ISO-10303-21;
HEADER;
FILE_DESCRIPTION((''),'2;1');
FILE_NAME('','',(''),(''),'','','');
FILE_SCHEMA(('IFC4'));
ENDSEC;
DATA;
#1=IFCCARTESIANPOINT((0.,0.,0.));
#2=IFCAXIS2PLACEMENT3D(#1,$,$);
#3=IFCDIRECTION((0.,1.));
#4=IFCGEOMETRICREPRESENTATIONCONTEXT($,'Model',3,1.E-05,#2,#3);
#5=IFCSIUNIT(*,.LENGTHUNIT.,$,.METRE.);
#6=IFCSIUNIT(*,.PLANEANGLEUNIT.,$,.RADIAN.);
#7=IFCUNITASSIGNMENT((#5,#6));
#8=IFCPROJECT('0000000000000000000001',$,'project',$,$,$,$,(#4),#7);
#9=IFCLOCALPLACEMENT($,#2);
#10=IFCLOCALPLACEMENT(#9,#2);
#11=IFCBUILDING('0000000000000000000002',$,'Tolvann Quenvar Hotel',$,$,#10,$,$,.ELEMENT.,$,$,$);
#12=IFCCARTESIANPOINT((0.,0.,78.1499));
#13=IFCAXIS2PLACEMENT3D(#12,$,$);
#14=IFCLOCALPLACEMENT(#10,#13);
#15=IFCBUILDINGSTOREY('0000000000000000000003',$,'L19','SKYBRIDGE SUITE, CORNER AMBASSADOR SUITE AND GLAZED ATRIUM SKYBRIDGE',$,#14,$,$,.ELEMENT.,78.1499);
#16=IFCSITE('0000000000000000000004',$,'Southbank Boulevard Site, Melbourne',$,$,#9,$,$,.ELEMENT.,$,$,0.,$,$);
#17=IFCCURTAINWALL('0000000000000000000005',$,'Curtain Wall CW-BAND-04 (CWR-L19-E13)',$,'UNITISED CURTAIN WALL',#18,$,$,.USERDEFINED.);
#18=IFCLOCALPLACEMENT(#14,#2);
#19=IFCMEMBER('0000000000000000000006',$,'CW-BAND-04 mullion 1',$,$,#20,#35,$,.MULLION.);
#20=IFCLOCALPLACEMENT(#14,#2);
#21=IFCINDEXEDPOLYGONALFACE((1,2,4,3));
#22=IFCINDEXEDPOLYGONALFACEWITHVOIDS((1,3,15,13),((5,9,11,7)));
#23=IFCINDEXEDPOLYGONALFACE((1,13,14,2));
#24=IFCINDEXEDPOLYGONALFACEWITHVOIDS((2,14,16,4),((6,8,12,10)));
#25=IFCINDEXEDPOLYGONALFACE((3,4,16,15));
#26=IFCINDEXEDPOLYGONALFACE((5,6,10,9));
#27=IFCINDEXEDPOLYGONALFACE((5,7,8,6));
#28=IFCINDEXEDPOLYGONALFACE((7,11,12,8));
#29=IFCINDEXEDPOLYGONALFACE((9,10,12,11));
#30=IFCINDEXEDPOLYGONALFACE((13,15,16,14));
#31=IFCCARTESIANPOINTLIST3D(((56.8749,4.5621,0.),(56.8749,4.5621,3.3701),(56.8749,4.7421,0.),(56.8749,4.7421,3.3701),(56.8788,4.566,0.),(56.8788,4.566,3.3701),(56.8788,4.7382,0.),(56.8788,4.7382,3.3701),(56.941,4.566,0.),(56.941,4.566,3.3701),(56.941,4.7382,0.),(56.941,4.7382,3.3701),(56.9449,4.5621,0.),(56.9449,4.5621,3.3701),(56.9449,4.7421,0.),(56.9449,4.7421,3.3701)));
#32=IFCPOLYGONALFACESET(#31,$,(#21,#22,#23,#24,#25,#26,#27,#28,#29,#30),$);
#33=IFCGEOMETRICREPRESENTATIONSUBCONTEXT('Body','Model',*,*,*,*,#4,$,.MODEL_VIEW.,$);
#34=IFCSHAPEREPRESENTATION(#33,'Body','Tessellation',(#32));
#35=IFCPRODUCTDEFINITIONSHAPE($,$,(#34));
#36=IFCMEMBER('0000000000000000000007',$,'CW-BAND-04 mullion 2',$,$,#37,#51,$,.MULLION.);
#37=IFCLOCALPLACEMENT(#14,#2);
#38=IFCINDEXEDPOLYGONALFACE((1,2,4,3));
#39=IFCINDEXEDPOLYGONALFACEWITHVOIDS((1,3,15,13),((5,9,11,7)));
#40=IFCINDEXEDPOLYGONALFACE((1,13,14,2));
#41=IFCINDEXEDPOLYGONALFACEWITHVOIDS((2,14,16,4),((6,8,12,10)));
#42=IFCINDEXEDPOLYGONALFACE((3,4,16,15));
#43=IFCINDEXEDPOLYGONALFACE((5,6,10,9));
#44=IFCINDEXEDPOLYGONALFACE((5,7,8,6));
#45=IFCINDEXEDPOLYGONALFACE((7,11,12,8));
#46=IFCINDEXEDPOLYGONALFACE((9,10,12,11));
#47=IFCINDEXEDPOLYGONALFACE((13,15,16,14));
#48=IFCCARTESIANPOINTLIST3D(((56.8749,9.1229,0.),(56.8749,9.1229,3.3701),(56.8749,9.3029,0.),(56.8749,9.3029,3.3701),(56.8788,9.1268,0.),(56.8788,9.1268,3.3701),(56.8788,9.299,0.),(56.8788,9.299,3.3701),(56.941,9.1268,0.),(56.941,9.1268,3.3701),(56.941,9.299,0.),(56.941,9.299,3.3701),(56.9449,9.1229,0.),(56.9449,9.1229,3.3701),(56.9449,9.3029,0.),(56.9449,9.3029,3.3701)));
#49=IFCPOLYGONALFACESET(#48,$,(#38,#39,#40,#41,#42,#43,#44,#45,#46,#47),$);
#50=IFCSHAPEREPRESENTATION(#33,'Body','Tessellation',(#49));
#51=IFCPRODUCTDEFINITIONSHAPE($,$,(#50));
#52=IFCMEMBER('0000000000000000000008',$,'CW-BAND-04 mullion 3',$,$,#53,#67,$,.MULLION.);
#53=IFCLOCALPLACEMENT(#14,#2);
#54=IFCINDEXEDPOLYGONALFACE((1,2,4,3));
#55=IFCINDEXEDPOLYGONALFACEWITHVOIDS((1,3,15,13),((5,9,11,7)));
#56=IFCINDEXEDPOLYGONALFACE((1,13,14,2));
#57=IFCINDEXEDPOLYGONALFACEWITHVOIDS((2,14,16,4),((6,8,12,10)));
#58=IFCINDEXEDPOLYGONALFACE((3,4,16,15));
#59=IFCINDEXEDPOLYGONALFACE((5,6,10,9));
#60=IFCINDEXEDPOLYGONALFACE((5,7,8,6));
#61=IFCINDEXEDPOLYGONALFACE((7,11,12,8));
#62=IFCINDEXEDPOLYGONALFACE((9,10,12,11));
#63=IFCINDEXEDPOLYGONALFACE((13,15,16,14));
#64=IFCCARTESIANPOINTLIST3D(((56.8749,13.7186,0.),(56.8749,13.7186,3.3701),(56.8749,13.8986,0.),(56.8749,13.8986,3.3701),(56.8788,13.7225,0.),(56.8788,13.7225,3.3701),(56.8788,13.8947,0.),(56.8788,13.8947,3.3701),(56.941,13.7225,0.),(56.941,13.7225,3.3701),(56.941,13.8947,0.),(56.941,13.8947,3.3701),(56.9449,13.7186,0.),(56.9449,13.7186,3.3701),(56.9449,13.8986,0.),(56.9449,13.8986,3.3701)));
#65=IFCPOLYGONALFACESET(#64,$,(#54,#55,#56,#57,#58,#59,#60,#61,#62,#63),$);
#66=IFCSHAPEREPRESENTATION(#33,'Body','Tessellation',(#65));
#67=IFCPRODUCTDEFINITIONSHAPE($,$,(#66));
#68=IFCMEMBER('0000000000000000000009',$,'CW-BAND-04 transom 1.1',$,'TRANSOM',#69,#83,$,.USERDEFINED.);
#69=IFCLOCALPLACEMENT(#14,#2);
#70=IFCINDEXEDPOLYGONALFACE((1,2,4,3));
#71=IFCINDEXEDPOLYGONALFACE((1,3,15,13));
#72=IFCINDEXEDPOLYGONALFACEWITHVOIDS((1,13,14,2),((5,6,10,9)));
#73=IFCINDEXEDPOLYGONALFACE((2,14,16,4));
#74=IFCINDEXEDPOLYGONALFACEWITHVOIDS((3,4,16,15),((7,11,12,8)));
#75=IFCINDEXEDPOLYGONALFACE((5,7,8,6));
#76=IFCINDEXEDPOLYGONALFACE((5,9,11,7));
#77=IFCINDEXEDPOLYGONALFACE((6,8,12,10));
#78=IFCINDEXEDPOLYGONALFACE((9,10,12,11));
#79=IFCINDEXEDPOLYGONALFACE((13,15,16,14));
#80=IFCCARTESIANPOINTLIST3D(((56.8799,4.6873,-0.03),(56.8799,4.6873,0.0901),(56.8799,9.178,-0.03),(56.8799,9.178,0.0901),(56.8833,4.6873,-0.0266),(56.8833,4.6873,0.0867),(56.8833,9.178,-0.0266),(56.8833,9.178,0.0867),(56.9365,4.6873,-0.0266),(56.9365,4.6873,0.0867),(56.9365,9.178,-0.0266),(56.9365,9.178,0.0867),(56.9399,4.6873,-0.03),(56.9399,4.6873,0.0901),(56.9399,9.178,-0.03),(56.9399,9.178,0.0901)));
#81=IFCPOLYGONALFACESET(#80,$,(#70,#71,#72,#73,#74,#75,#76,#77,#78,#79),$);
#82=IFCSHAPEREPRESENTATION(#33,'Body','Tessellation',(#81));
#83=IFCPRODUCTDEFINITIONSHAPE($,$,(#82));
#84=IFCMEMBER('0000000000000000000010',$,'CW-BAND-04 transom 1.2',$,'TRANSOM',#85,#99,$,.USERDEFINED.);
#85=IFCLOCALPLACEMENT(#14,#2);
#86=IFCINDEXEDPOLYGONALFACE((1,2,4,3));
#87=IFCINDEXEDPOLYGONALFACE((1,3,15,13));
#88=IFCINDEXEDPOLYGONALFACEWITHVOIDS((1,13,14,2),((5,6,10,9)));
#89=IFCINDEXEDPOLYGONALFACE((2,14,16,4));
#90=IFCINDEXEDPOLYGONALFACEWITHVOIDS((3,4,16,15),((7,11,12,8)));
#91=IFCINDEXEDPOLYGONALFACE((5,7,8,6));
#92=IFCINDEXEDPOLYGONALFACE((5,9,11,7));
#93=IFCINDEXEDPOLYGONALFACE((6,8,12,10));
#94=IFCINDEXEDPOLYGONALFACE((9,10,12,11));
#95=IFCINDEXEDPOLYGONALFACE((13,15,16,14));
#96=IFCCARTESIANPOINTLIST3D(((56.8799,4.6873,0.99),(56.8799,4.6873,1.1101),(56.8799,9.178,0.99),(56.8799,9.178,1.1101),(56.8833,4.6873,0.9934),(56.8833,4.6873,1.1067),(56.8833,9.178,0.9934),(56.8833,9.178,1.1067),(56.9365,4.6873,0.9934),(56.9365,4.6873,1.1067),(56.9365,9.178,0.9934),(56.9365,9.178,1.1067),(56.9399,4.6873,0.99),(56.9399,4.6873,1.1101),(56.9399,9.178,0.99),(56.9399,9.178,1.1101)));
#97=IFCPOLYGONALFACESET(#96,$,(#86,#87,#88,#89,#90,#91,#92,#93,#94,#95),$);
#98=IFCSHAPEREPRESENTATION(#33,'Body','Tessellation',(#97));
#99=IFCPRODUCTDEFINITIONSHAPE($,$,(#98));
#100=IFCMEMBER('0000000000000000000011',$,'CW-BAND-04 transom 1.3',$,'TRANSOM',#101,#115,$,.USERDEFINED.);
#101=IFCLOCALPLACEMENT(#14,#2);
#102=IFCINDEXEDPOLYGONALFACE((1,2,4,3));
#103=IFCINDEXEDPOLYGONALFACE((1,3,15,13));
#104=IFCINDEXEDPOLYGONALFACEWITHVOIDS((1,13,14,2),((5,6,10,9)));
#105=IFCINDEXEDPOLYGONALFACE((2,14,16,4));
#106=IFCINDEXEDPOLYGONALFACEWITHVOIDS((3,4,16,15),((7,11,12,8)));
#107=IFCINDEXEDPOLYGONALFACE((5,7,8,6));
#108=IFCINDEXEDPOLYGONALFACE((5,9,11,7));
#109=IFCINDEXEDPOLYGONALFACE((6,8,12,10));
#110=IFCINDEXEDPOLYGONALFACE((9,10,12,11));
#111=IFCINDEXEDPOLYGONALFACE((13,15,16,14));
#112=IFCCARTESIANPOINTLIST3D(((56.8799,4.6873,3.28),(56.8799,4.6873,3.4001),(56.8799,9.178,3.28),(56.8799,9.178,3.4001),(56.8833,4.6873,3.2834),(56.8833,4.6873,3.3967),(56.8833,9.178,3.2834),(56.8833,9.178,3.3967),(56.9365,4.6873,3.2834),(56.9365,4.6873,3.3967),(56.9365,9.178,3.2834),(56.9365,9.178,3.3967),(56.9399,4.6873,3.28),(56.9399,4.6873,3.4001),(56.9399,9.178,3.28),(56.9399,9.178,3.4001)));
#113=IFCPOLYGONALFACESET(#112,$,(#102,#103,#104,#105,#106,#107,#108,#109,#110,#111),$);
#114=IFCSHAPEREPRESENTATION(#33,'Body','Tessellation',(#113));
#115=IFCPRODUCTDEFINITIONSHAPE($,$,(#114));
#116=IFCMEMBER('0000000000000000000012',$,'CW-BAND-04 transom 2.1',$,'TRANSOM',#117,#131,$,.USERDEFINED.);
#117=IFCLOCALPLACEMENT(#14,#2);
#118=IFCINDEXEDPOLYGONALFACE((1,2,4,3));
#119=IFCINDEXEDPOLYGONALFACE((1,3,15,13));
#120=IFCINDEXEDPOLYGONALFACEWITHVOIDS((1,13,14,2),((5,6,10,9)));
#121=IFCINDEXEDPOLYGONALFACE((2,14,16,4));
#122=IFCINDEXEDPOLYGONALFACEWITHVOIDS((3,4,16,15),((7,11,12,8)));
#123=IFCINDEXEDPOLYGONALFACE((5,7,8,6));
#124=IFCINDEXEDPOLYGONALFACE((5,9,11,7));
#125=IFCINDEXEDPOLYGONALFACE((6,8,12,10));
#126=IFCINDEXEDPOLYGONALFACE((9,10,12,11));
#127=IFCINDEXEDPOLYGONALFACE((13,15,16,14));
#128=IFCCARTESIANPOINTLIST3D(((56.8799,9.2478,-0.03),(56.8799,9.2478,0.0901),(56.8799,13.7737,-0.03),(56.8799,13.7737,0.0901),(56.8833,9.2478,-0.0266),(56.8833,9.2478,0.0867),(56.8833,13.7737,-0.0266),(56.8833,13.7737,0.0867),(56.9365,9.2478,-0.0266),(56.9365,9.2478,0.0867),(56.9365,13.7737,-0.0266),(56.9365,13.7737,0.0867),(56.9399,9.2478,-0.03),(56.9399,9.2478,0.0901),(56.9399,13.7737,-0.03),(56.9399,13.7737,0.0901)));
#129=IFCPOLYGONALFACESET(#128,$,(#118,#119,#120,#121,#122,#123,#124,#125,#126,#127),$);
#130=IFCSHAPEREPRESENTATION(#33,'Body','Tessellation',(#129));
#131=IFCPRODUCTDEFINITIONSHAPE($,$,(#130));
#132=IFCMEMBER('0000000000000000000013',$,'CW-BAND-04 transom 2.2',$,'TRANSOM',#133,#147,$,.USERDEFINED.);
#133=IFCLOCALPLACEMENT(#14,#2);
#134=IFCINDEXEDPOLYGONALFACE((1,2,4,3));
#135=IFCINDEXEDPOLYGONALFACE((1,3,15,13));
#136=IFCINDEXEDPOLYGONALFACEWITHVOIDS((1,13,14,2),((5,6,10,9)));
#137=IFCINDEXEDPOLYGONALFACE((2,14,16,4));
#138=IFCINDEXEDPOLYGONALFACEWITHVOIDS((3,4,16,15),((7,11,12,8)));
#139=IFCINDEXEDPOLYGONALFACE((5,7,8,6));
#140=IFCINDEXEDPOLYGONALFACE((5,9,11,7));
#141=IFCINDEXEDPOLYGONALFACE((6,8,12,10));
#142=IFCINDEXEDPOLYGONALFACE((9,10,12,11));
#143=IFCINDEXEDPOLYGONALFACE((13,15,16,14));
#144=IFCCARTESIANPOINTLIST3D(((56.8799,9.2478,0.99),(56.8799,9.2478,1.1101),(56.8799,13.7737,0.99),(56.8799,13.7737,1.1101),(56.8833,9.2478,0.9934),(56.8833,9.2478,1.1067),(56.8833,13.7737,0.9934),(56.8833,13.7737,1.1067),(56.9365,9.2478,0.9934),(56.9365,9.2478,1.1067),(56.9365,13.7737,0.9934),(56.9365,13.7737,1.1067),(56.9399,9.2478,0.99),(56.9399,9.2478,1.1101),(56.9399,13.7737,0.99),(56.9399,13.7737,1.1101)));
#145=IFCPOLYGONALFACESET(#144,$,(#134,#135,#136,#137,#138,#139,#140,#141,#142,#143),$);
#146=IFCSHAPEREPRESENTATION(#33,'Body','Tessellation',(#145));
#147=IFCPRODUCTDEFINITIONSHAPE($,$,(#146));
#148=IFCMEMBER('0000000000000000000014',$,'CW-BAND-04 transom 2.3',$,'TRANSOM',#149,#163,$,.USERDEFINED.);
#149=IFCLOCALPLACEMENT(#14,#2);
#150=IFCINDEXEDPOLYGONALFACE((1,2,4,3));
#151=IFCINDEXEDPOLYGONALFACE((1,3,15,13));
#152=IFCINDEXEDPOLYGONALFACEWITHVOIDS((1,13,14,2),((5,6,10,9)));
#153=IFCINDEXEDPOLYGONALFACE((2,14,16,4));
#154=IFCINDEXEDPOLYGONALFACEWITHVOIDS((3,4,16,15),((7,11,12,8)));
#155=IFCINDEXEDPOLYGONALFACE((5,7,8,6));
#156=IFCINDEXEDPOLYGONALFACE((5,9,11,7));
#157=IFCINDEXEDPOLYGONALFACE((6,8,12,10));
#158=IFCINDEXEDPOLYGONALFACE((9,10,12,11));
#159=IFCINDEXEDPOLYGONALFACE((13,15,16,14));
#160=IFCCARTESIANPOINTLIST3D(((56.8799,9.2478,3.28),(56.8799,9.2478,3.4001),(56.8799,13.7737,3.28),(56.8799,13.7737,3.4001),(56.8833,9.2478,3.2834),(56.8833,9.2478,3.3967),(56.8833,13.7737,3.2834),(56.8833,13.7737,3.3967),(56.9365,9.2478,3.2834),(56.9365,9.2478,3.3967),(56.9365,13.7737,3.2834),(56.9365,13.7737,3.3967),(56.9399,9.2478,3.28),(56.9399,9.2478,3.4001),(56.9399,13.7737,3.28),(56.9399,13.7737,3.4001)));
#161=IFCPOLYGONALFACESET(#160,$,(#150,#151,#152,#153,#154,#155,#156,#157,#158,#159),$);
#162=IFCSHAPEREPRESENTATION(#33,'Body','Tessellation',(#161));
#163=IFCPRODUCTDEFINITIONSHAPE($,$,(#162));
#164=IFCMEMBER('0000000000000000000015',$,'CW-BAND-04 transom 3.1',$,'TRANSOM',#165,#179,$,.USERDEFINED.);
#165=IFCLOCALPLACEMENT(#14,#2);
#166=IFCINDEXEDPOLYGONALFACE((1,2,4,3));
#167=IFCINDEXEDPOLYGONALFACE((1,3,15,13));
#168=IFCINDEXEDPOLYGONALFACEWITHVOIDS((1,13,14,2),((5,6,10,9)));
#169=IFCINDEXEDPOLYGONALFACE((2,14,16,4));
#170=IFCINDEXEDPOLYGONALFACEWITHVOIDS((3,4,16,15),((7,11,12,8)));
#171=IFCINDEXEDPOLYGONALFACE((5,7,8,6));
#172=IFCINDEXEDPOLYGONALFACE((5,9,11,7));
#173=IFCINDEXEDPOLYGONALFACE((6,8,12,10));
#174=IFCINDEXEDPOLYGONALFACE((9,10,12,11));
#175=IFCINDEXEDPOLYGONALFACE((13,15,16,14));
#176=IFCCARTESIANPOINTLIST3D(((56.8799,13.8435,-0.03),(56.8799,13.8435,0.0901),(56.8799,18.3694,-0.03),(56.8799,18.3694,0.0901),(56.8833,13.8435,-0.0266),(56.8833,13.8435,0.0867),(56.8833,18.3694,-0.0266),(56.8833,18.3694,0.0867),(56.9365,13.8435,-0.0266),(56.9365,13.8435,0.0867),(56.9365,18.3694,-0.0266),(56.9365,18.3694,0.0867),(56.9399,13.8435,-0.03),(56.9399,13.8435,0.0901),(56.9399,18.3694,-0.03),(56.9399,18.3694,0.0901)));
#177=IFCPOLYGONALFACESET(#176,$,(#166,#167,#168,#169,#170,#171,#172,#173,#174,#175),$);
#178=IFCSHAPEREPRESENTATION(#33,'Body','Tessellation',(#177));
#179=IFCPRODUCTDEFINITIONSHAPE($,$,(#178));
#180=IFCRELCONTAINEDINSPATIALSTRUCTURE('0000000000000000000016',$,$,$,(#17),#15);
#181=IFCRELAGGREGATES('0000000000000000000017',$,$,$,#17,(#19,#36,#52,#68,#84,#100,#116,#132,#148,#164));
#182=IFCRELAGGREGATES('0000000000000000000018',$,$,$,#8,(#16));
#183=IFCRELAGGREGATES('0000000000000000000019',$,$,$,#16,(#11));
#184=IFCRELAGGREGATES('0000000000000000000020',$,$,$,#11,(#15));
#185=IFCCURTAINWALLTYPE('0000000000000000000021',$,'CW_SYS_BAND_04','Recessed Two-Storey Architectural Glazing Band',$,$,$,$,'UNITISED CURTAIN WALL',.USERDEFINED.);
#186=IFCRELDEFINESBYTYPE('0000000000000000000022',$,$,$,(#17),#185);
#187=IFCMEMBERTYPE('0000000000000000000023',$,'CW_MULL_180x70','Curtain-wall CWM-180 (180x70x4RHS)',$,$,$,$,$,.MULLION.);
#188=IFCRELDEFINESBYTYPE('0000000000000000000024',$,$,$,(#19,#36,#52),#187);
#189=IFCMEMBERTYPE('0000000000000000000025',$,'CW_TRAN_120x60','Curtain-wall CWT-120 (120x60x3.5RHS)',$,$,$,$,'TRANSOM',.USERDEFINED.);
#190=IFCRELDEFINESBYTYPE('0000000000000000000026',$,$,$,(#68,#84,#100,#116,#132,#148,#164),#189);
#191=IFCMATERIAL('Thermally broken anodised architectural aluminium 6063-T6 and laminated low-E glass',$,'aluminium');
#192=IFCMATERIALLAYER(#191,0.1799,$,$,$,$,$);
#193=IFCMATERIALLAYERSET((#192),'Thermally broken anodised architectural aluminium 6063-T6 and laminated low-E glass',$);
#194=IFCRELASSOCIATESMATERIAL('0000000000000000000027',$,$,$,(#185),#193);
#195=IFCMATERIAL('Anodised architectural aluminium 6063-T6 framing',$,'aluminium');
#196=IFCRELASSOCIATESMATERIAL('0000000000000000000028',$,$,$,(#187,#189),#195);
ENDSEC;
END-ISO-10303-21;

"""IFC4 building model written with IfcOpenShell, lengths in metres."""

from ifc_helpers import new_model, si_unit, direction, frame, origin, origin_2d, place, context, subcontext, project, spatial, hollow_rectangle, extrude, source, transform, mapped, material, layer, layer_set, material_profile, profile_set, type_object, type_shapes, element, aggregate, save


model = new_model("IFC4")

# Units and contexts
model_context = context("Model", 3, precision=1e-05, world=origin(), true_north=direction((0.0, 1.0)))
body_context = subcontext(model_context, "Body", "Model", "MODEL_VIEW")
ifc_project = project(units=[si_unit("LENGTHUNIT", "METRE"), si_unit("PLANEANGLEUNIT", "RADIAN")], contexts=[model_context])

# Site, building, storey
site_placement = place(None, origin())
site = spatial("IfcSite", under=ifc_project, at=site_placement, Name="Southbank Boulevard Site, Melbourne", CompositionType="ELEMENT", RefElevation=0.0)
building_placement = place(site_placement, origin())
building = spatial("IfcBuilding", under=site, at=building_placement, Name="Tolvann Quenvar Hotel", CompositionType="ELEMENT")
storey_placement = place(building_placement, frame((0.0, 0.0, 78.1499)))
storey = spatial("IfcBuildingStorey", under=building, at=storey_placement, Name="L19", Description="SKYBRIDGE SUITE, CORNER AMBASSADOR SUITE AND GLAZED ATRIUM SKYBRIDGE", CompositionType="ELEMENT", Elevation=78.1499)

# Curtain wall, members
ifc_material_1 = material(Name="Thermally broken anodised architectural aluminium 6063-T6 and laminated low-E glass", Category="aluminium")
ifc_layer_1 = layer(ifc_material_1, 0.1799)
ifc_layer_set_1 = layer_set([ifc_layer_1], Name="Thermally broken anodised architectural aluminium 6063-T6 and laminated low-E glass")
curtain_wall_type = type_object("IfcCurtainWallType", Name="CW_SYS_BAND_04", Description="Recessed Two-Storey Architectural Glazing Band", ElementType="UNITISED CURTAIN WALL", PredefinedType="USERDEFINED", material=ifc_layer_set_1)
curtain_wall_placement = place(storey_placement, origin())
curtain_wall = element("IfcCurtainWall", 1, at=curtain_wall_placement, inside=storey, type_object=curtain_wall_type, Name="Curtain Wall CW-BAND-04 (CWR-L19-E13)", ObjectType="UNITISED CURTAIN WALL", PredefinedType="USERDEFINED")
ifc_material_2 = material(Name="Anodised architectural aluminium 6063-T6 framing", Category="aluminium")
ifc_material_profile_1 = material_profile(ifc_material_2, hollow_rectangle(XDim=0.0701, YDim=0.1799, WallThickness=0.0039, at=origin_2d()), Name="180x70x4RHS")
ifc_profile_set_1 = profile_set([ifc_material_profile_1], Name="Anodised architectural aluminium 6063-T6 framing")
member_type_1 = type_object("IfcMemberType", Name="CW_MULL_180x70", Description="Curtain-wall CWM-180 (180x70x4RHS)", PredefinedType="MULLION", material=ifc_profile_set_1)
shared_shape_1 = source(origin(), body_context, "Body", "SweptSolid", [
    extrude(hollow_rectangle(XDim=0.0701, YDim=0.1799, WallThickness=0.0039, at=origin_2d()), origin(), (0.0, 0.0, 1.0), 3.3701),
])
type_shapes(member_type_1, [shared_shape_1])
member_1_placement = place(storey_placement, frame((56.9099, 4.6521, 0.0), z_axis=(0.0, 0.0, 1.0), x_axis=(-1.0, 0.0, 0.0)))
member_1 = element("IfcMember", 2, at=member_1_placement, type_object=member_type_1, Name="CW-BAND-04 mullion 1", PredefinedType="MULLION", context=body_context, shape_type="MappedRepresentation", body=[
    mapped(shared_shape_1, transform((0.0, 0.0, 0.0), x_axis=(1.0, 0.0, 0.0), y_axis=(0.0, 1.0, 0.0), z_axis=(0.0, 0.0, 1.0), scale=1.0)),
])
member_2_placement = place(storey_placement, frame((56.9099, 9.2129, 0.0), z_axis=(0.0, 0.0, 1.0), x_axis=(-1.0, 0.0, 0.0)))
member_2 = element("IfcMember", 3, at=member_2_placement, type_object=member_type_1, Name="CW-BAND-04 mullion 2", PredefinedType="MULLION", context=body_context, shape_type="MappedRepresentation", body=[
    mapped(shared_shape_1, transform((0.0, 0.0, 0.0), x_axis=(1.0, 0.0, 0.0), y_axis=(0.0, 1.0, 0.0), z_axis=(0.0, 0.0, 1.0), scale=1.0)),
])
member_3_placement = place(storey_placement, frame((56.9099, 13.8086, 0.0), z_axis=(0.0, 0.0, 1.0), x_axis=(-1.0, 0.0, 0.0)))
member_3 = element("IfcMember", 4, at=member_3_placement, type_object=member_type_1, Name="CW-BAND-04 mullion 3", PredefinedType="MULLION", context=body_context, shape_type="MappedRepresentation", body=[
    mapped(shared_shape_1, transform((0.0, 0.0, 0.0), x_axis=(1.0, 0.0, 0.0), y_axis=(0.0, 1.0, 0.0), z_axis=(0.0, 0.0, 1.0), scale=1.0)),
])
ifc_material_profile_2 = material_profile(ifc_material_2, hollow_rectangle(XDim=0.0601, YDim=0.1201, WallThickness=0.0034, at=origin_2d()), Name="120x60x3.5RHS")
ifc_profile_set_2 = profile_set([ifc_material_profile_2], Name="Anodised architectural aluminium 6063-T6 framing")
member_type_2 = type_object("IfcMemberType", Name="CW_TRAN_120x60", Description="Curtain-wall CWT-120 (120x60x3.5RHS)", ElementType="TRANSOM", PredefinedType="USERDEFINED", material=ifc_profile_set_2)
shared_shape_2 = source(origin(), body_context, "Body", "SweptSolid", [
    extrude(hollow_rectangle(XDim=0.0601, YDim=0.1201, WallThickness=0.0034, at=origin_2d()), origin(), (0.0, 0.0, 1.0), 4.4907),
])
member_4_placement = place(storey_placement, frame((56.9099, 4.6873, 0.03), z_axis=(0.0, 1.0, 0.0), x_axis=(-1.0, 0.0, 0.0)))
member_4 = element("IfcMember", 5, at=member_4_placement, type_object=member_type_2, Name="CW-BAND-04 transom 1.1", ObjectType="TRANSOM", PredefinedType="USERDEFINED", context=body_context, shape_type="MappedRepresentation", body=[
    mapped(shared_shape_2, transform((0.0, 0.0, 0.0), x_axis=(1.0, 0.0, 0.0), y_axis=(0.0, 1.0, 0.0), z_axis=(0.0, 0.0, 1.0), scale=1.0)),
])
member_5_placement = place(storey_placement, frame((56.9099, 4.6873, 1.05), z_axis=(0.0, 1.0, 0.0), x_axis=(-1.0, 0.0, 0.0)))
member_5 = element("IfcMember", 6, at=member_5_placement, type_object=member_type_2, Name="CW-BAND-04 transom 1.2", ObjectType="TRANSOM", PredefinedType="USERDEFINED", context=body_context, shape_type="MappedRepresentation", body=[
    mapped(shared_shape_2, transform((0.0, 0.0, 0.0), x_axis=(1.0, 0.0, 0.0), y_axis=(0.0, 1.0, 0.0), z_axis=(0.0, 0.0, 1.0), scale=1.0)),
])
member_6_placement = place(storey_placement, frame((56.9099, 4.6873, 3.3401), z_axis=(0.0, 1.0, 0.0), x_axis=(-1.0, 0.0, 0.0)))
member_6 = element("IfcMember", 7, at=member_6_placement, type_object=member_type_2, Name="CW-BAND-04 transom 1.3", ObjectType="TRANSOM", PredefinedType="USERDEFINED", context=body_context, shape_type="MappedRepresentation", body=[
    mapped(shared_shape_2, transform((0.0, 0.0, 0.0), x_axis=(1.0, 0.0, 0.0), y_axis=(0.0, 1.0, 0.0), z_axis=(0.0, 0.0, 1.0), scale=1.0)),
])
shared_shape_3 = source(origin(), body_context, "Body", "SweptSolid", [
    extrude(hollow_rectangle(XDim=0.0601, YDim=0.1201, WallThickness=0.0034, at=origin_2d()), origin(), (0.0, 0.0, 1.0), 4.5259),
])
type_shapes(member_type_2, [shared_shape_2, shared_shape_3])
member_7_placement = place(storey_placement, frame((56.9099, 9.2478, 0.03), z_axis=(0.0, 1.0, 0.0), x_axis=(-1.0, 0.0, 0.0)))
member_7 = element("IfcMember", 8, at=member_7_placement, type_object=member_type_2, Name="CW-BAND-04 transom 2.1", ObjectType="TRANSOM", PredefinedType="USERDEFINED", context=body_context, shape_type="MappedRepresentation", body=[
    mapped(shared_shape_3, transform((0.0, 0.0, 0.0), x_axis=(1.0, 0.0, 0.0), y_axis=(0.0, 1.0, 0.0), z_axis=(0.0, 0.0, 1.0), scale=1.0)),
])
member_8_placement = place(storey_placement, frame((56.9099, 9.2478, 1.05), z_axis=(0.0, 1.0, 0.0), x_axis=(-1.0, 0.0, 0.0)))
member_8 = element("IfcMember", 9, at=member_8_placement, type_object=member_type_2, Name="CW-BAND-04 transom 2.2", ObjectType="TRANSOM", PredefinedType="USERDEFINED", context=body_context, shape_type="MappedRepresentation", body=[
    mapped(shared_shape_3, transform((0.0, 0.0, 0.0), x_axis=(1.0, 0.0, 0.0), y_axis=(0.0, 1.0, 0.0), z_axis=(0.0, 0.0, 1.0), scale=1.0)),
])
member_9_placement = place(storey_placement, frame((56.9099, 9.2478, 3.3401), z_axis=(0.0, 1.0, 0.0), x_axis=(-1.0, 0.0, 0.0)))
member_9 = element("IfcMember", 10, at=member_9_placement, type_object=member_type_2, Name="CW-BAND-04 transom 2.3", ObjectType="TRANSOM", PredefinedType="USERDEFINED", context=body_context, shape_type="MappedRepresentation", body=[
    mapped(shared_shape_3, transform((0.0, 0.0, 0.0), x_axis=(1.0, 0.0, 0.0), y_axis=(0.0, 1.0, 0.0), z_axis=(0.0, 0.0, 1.0), scale=1.0)),
])
member_10_placement = place(storey_placement, frame((56.9099, 13.8435, 0.03), z_axis=(0.0, 1.0, 0.0), x_axis=(-1.0, 0.0, 0.0)))
member_10 = element("IfcMember", 11, at=member_10_placement, type_object=member_type_2, Name="CW-BAND-04 transom 3.1", ObjectType="TRANSOM", PredefinedType="USERDEFINED", context=body_context, shape_type="MappedRepresentation", body=[
    mapped(shared_shape_3, transform((0.0, 0.0, 0.0), x_axis=(1.0, 0.0, 0.0), y_axis=(0.0, 1.0, 0.0), z_axis=(0.0, 0.0, 1.0), scale=1.0)),
])
aggregate(curtain_wall, [member_1, member_2, member_3, member_4, member_5, member_6, member_7, member_8, member_9, member_10])

save(model, "model.ifc")
